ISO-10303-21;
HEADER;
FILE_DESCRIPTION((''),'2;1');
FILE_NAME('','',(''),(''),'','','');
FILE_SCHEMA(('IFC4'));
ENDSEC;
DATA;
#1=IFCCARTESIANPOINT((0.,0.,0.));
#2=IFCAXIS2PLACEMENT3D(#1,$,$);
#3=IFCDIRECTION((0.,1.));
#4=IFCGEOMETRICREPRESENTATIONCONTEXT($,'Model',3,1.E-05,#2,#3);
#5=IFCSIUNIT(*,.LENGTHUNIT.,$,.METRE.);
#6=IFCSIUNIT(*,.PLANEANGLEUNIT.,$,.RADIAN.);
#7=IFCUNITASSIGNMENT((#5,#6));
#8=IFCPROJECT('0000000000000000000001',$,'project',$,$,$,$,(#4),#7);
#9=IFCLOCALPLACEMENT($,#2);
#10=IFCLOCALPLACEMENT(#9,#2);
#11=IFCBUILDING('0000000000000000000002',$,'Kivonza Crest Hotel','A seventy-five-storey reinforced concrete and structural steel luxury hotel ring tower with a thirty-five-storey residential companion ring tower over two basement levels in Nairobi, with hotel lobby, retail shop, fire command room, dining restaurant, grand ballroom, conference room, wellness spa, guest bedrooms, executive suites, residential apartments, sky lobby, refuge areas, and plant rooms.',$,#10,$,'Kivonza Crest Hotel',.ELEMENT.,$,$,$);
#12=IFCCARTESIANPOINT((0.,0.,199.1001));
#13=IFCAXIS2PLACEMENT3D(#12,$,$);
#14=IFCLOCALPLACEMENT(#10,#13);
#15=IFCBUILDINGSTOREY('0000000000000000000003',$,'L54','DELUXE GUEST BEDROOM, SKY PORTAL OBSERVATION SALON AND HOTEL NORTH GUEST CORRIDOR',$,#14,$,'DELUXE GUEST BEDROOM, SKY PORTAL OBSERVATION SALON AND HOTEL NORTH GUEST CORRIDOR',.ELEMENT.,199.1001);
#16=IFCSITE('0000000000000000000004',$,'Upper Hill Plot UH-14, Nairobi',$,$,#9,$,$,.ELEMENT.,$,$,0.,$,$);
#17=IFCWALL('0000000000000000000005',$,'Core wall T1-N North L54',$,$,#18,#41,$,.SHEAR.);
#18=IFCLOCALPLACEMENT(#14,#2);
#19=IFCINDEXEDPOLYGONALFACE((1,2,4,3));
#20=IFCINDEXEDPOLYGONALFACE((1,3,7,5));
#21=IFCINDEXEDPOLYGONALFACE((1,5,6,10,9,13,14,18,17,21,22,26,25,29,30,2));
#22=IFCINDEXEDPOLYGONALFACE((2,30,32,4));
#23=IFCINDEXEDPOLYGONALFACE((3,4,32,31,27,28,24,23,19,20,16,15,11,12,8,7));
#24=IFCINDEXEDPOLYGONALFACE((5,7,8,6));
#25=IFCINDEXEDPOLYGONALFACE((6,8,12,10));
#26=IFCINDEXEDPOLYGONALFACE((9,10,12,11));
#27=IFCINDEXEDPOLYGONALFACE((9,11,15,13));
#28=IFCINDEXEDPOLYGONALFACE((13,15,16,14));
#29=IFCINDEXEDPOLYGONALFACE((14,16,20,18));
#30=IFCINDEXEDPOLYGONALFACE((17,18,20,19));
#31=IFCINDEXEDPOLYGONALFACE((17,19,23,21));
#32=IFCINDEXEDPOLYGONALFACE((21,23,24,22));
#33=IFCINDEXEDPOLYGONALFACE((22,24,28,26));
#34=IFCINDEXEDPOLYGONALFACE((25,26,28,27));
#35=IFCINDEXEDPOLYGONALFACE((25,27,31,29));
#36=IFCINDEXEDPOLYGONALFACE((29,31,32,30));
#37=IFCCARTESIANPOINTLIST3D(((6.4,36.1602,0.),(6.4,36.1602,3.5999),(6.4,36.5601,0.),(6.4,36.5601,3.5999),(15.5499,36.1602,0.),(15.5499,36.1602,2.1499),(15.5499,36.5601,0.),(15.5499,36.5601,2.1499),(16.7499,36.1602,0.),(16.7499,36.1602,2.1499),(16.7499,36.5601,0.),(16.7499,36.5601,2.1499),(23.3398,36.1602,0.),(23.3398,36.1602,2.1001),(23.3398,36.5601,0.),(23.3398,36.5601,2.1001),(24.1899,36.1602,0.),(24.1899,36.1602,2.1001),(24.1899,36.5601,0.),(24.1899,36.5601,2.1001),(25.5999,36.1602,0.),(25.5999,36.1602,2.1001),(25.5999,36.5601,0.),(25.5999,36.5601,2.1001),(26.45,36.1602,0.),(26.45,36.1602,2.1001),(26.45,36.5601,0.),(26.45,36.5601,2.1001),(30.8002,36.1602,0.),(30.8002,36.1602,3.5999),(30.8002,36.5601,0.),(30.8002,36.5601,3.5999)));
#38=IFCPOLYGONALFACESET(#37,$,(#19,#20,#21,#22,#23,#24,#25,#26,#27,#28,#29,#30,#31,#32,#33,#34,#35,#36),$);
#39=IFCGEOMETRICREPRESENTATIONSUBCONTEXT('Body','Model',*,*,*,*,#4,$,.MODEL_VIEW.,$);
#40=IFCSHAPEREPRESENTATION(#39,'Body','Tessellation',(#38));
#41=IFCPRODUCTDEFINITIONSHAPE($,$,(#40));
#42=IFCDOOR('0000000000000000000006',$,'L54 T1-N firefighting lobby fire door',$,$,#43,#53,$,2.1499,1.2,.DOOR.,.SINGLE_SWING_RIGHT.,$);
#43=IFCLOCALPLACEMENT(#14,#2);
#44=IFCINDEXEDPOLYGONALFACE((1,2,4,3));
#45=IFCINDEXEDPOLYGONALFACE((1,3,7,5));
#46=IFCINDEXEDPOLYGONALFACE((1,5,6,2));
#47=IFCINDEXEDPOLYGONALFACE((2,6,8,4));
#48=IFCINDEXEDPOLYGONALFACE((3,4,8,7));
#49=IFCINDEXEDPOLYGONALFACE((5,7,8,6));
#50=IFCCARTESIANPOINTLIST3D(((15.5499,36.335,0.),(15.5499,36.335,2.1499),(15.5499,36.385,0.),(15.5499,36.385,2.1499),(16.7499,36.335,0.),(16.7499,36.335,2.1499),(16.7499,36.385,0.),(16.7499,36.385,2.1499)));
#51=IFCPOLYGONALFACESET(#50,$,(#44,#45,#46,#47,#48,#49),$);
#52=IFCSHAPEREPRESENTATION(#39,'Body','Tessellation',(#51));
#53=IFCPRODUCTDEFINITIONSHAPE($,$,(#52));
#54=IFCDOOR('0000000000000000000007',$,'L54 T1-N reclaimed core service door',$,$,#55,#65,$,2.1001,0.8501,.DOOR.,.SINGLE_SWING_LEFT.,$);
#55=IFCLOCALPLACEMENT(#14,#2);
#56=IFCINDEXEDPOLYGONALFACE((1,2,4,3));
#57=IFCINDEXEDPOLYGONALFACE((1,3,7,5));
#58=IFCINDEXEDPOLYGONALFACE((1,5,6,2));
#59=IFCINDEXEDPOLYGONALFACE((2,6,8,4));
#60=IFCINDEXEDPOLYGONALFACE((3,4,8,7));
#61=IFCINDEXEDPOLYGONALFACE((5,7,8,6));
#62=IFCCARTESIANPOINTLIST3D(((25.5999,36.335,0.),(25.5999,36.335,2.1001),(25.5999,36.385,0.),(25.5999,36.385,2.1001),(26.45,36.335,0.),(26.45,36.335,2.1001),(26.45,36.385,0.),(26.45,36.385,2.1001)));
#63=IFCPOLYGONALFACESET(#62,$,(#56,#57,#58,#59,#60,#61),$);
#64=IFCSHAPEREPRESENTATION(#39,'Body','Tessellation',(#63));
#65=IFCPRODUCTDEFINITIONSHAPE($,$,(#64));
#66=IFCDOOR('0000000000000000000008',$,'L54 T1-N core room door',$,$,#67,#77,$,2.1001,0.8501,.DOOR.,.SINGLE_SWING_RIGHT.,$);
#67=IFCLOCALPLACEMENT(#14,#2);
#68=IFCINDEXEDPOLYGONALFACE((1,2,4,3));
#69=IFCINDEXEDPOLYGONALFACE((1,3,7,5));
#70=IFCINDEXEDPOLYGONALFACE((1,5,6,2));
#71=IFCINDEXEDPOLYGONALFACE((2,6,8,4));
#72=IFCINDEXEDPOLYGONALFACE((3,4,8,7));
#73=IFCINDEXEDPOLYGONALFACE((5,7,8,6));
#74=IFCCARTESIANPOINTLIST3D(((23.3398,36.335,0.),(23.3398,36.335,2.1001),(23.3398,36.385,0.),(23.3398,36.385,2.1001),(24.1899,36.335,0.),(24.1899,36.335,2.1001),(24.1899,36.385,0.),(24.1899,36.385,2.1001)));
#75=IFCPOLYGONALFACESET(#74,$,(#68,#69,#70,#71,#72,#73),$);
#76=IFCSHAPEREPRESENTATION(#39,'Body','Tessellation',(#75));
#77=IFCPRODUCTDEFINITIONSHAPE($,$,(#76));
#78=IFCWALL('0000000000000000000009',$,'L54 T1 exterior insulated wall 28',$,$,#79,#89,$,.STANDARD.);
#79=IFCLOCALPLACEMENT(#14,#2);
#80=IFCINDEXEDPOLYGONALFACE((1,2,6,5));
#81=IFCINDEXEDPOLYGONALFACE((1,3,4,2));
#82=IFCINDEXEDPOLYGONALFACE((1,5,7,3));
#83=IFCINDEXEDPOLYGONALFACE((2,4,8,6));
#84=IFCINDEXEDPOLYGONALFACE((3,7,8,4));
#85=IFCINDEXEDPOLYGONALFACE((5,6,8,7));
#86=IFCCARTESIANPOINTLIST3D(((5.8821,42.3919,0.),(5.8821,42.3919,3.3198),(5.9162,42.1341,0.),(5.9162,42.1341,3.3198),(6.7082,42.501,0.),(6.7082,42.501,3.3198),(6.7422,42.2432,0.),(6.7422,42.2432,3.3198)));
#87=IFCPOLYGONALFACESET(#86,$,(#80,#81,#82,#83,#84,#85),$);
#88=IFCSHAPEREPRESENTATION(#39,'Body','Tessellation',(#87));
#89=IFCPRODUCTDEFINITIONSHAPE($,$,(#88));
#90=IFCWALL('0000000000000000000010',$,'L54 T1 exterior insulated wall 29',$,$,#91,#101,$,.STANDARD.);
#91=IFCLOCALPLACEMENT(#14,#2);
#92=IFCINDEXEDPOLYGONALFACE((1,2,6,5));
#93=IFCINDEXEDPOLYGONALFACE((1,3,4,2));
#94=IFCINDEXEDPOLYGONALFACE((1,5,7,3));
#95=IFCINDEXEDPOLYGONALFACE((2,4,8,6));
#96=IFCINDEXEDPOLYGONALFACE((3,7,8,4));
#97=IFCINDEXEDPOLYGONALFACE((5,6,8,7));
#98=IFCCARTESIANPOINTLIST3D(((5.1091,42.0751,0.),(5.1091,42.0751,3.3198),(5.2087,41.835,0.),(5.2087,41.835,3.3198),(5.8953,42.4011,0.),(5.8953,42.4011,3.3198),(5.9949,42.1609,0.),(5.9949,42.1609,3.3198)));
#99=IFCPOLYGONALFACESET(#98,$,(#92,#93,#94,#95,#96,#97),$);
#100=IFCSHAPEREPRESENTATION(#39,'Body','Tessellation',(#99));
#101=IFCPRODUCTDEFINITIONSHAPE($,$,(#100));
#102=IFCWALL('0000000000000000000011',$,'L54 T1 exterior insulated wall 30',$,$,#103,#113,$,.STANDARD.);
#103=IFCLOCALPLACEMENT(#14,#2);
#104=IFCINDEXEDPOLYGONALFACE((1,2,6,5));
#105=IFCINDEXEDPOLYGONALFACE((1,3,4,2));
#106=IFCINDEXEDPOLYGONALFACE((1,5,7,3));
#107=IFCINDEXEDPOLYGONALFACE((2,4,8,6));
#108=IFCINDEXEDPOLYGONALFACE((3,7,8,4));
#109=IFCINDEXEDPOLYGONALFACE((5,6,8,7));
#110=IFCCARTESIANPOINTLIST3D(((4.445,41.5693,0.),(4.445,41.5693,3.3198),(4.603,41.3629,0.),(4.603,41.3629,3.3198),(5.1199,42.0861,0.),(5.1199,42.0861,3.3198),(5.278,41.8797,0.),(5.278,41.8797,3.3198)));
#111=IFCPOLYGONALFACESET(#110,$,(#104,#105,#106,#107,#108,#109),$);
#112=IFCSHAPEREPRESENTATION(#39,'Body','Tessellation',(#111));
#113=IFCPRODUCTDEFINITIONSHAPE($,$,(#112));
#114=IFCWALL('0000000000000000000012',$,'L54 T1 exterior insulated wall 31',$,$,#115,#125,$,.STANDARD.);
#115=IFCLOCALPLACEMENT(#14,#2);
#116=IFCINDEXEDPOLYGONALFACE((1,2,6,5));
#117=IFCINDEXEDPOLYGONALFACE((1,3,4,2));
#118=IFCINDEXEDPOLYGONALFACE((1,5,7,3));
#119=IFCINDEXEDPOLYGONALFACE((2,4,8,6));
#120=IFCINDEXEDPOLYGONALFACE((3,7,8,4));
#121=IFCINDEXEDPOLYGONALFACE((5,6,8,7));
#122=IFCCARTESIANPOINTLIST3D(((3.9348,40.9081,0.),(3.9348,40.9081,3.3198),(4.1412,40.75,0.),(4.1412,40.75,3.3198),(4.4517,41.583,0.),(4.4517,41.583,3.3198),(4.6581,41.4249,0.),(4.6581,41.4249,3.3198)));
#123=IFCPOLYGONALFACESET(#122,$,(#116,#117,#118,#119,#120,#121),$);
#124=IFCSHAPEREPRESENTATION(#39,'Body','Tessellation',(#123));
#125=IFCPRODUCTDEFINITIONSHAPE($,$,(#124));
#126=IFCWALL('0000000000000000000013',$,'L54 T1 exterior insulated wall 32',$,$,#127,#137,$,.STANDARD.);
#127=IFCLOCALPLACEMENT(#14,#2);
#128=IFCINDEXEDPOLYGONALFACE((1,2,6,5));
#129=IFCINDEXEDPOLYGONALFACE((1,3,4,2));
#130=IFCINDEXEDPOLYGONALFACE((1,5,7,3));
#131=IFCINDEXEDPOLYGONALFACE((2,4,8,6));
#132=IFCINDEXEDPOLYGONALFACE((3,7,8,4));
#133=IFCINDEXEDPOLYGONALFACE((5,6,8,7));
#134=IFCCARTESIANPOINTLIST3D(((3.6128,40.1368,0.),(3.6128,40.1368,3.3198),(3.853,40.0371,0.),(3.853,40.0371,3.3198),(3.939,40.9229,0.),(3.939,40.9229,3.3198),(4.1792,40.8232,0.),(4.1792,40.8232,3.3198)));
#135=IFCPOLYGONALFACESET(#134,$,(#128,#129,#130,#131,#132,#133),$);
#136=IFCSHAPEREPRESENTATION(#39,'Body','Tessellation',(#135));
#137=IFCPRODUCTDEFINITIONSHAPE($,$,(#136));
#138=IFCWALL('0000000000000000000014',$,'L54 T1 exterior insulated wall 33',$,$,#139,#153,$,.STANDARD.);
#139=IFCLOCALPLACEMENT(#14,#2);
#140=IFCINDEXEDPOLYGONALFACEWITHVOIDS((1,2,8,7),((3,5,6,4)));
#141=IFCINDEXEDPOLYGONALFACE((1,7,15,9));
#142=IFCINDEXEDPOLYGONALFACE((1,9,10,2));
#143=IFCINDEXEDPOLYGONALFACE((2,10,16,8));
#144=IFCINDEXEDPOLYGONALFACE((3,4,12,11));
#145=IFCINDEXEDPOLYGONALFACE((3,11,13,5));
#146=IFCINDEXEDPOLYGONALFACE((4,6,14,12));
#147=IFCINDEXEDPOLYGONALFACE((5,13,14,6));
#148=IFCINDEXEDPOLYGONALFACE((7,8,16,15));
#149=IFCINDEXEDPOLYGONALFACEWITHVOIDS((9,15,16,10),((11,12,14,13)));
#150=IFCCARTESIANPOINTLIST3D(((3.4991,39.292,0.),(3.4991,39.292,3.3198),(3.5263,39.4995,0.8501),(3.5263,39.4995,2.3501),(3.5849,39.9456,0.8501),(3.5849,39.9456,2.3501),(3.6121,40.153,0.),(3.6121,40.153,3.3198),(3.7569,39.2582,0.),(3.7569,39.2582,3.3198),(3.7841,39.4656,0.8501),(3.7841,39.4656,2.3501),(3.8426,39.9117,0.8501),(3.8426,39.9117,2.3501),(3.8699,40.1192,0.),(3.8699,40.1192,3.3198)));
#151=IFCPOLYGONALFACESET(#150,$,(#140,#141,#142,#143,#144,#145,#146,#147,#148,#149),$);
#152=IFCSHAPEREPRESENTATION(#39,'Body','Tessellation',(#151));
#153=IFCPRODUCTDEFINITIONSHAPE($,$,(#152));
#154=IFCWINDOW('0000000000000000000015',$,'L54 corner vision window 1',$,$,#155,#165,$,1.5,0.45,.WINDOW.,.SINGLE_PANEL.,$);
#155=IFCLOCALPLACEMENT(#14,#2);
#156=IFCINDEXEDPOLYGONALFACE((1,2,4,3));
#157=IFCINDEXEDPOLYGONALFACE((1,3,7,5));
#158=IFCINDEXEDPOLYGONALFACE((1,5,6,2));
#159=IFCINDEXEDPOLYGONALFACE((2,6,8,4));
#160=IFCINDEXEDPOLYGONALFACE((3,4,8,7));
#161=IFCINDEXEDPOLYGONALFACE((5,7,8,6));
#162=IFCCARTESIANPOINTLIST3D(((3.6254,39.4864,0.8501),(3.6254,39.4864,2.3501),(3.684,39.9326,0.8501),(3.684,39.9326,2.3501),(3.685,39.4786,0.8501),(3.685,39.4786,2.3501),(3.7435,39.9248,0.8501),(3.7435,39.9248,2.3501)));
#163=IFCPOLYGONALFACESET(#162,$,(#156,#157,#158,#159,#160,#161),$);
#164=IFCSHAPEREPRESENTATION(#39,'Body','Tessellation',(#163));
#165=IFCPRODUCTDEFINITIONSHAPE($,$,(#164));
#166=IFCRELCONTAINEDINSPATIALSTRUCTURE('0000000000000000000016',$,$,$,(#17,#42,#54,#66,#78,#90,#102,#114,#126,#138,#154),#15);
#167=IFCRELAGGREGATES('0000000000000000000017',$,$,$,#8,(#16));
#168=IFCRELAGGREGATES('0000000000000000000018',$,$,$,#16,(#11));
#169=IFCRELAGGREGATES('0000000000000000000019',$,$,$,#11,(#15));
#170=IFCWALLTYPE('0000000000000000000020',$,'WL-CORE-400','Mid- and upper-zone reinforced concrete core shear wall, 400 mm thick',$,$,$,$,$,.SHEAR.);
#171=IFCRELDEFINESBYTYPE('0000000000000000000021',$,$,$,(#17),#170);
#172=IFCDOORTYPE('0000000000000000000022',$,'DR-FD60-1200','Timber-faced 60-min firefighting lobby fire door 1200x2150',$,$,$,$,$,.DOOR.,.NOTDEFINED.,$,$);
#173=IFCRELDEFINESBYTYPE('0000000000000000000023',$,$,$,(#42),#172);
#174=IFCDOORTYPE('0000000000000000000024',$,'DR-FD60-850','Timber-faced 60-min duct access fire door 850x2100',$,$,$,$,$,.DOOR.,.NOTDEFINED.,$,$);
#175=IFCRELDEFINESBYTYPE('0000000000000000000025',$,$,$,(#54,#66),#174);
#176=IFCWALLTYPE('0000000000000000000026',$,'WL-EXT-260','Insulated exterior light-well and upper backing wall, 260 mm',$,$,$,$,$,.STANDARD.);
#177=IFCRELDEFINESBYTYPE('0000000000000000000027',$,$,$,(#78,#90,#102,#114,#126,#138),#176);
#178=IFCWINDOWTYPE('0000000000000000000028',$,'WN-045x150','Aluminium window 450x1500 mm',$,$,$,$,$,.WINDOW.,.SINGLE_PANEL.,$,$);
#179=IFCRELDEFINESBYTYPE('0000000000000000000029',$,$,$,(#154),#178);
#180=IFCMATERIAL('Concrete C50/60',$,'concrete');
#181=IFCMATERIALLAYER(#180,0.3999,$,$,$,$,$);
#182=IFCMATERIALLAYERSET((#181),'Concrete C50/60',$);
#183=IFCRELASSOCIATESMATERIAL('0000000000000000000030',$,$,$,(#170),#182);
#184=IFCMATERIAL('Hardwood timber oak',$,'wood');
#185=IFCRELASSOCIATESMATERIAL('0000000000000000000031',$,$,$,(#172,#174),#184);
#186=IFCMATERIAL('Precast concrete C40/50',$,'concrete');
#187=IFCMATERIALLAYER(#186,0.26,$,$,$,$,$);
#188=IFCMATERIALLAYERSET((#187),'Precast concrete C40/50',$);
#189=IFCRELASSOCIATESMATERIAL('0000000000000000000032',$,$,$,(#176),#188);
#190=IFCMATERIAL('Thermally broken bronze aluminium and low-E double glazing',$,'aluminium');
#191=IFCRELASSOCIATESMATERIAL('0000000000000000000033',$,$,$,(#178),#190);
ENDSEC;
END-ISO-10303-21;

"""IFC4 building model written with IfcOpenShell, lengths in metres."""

from ifc_helpers import new_model, si_unit, direction, frame, frame_2d, origin, place, context, subcontext, project, spatial, rectangle, extrude, material, layer, layer_set, type_object, element, fill, save


model = new_model("IFC4")

# Units and contexts
model_context = context("Model", 3, precision=1e-05, world=origin(), true_north=direction((0.0, 1.0)))
body_context = subcontext(model_context, "Body", "Model", "MODEL_VIEW")
ifc_project = project(units=[si_unit("LENGTHUNIT", "METRE"), si_unit("PLANEANGLEUNIT", "RADIAN")], contexts=[model_context])

# Site, building, storey
site_placement = place(None, origin())
site = spatial("IfcSite", under=ifc_project, at=site_placement, Name="Upper Hill Plot UH-14, Nairobi", CompositionType="ELEMENT", RefElevation=0.0)
building_placement = place(site_placement, origin())
building = spatial("IfcBuilding", under=site, at=building_placement, Name="Kivonza Crest Hotel", Description="A seventy-five-storey reinforced concrete and structural steel luxury hotel ring tower with a thirty-five-storey residential companion ring tower over two basement levels in Nairobi, with hotel lobby, retail shop, fire command room, dining restaurant, grand ballroom, conference room, wellness spa, guest bedrooms, executive suites, residential apartments, sky lobby, refuge areas, and plant rooms.", LongName="Kivonza Crest Hotel", CompositionType="ELEMENT")
storey_placement = place(building_placement, frame((0.0, 0.0, 199.1001)))
storey = spatial("IfcBuildingStorey", under=building, at=storey_placement, Name="L54", Description="DELUXE GUEST BEDROOM, SKY PORTAL OBSERVATION SALON AND HOTEL NORTH GUEST CORRIDOR", LongName="DELUXE GUEST BEDROOM, SKY PORTAL OBSERVATION SALON AND HOTEL NORTH GUEST CORRIDOR", CompositionType="ELEMENT", Elevation=199.1001)

# Shared definitions
ifc_material_1 = material(Name="Hardwood timber oak", Category="wood")

# Wall, openings, doors
ifc_material_2 = material(Name="Concrete C50/60", Category="concrete")
ifc_layer_1 = layer(ifc_material_2, 0.3999)
ifc_layer_set_1 = layer_set([ifc_layer_1], Name="Concrete C50/60")
wall_type_1 = type_object("IfcWallType", Name="WL-CORE-400", Description="Mid- and upper-zone reinforced concrete core shear wall, 400 mm thick", PredefinedType="SHEAR", material=ifc_layer_set_1)
wall_1_placement = place(storey_placement, frame((6.3999, 36.3601, 0.0), z_axis=(0.0, 0.0, 1.0), x_axis=(1.0, 0.0, 0.0)))
wall_1 = element("IfcWall", 1, at=wall_1_placement, inside=storey, type_object=wall_type_1, Name="Core wall T1-N North L54", PredefinedType="SHEAR", context=body_context, shape_type="SweptSolid", body=[
    extrude(rectangle(XDim=24.4001, YDim=0.3999, at=frame_2d((12.2002, 0.0))), origin(), (0.0, 0.0, 1.0), 3.5999),
])
opening_1_placement = place(wall_1_placement, frame((9.1499, 0.0, 0.0)))
opening_1 = element("IfcOpeningElement", 2, at=opening_1_placement, cuts=wall_1, PredefinedType="OPENING", context=body_context, shape_type="SweptSolid", body=[
    extrude(rectangle(XDim=1.2, YDim=2.1499, at=frame_2d((0.6001, 1.075))), frame((0.0, 0.21, 0.0), z_axis=(0.0, -1.0, 0.0), x_axis=(1.0, 0.0, 0.0)), (0.0, 0.0, 1.0), 0.4199),
])
opening_2_placement = place(wall_1_placement, frame((19.2, 0.0, 0.0)))
opening_2 = element("IfcOpeningElement", 3, at=opening_2_placement, cuts=wall_1, PredefinedType="OPENING", context=body_context, shape_type="SweptSolid", body=[
    extrude(rectangle(XDim=0.8501, YDim=2.1001, at=frame_2d((0.425, 1.05))), frame((0.0, 0.21, 0.0), z_axis=(0.0, -1.0, 0.0), x_axis=(1.0, 0.0, 0.0)), (0.0, 0.0, 1.0), 0.4199),
])
opening_3_placement = place(wall_1_placement, frame((16.9399, 0.0, 0.0)))
opening_3 = element("IfcOpeningElement", 4, at=opening_3_placement, cuts=wall_1, PredefinedType="OPENING", context=body_context, shape_type="SweptSolid", body=[
    extrude(rectangle(XDim=0.8501, YDim=2.1001, at=frame_2d((0.425, 1.05))), frame((0.0, 0.21, 0.0), z_axis=(0.0, -1.0, 0.0), x_axis=(1.0, 0.0, 0.0)), (0.0, 0.0, 1.0), 0.4199),
])
door_type_1 = type_object("IfcDoorType", Name="DR-FD60-1200", Description="Timber-faced 60-min firefighting lobby fire door 1200x2150", OperationType="NOTDEFINED", PredefinedType="DOOR", material=ifc_material_1)
door_1_placement = place(opening_1_placement, origin())
door_1 = element("IfcDoor", 5, at=door_1_placement, inside=storey, type_object=door_type_1, Name="L54 T1-N firefighting lobby fire door", OperationType="SINGLE_SWING_RIGHT", OverallHeight=2.1499, OverallWidth=1.2, PredefinedType="DOOR", context=body_context, shape_type="SweptSolid", body=[
    extrude(rectangle(XDim=1.2, YDim=2.1499, at=frame_2d((0.6001, 1.075))), frame((0.0, 0.0249, 0.0), z_axis=(0.0, -1.0, 0.0), x_axis=(1.0, 0.0, 0.0)), (0.0, 0.0, 1.0), 0.05),
])
fill(opening_1, door_1)
door_type_2 = type_object("IfcDoorType", Name="DR-FD60-850", Description="Timber-faced 60-min duct access fire door 850x2100", OperationType="NOTDEFINED", PredefinedType="DOOR", material=ifc_material_1)
door_2_placement = place(opening_2_placement, origin())
door_2 = element("IfcDoor", 6, at=door_2_placement, inside=storey, type_object=door_type_2, Name="L54 T1-N reclaimed core service door", OperationType="SINGLE_SWING_LEFT", OverallHeight=2.1001, OverallWidth=0.8501, PredefinedType="DOOR", context=body_context, shape_type="SweptSolid", body=[
    extrude(rectangle(XDim=0.8501, YDim=2.1001, at=frame_2d((0.425, 1.05))), frame((0.0, 0.0249, 0.0), z_axis=(0.0, -1.0, 0.0), x_axis=(1.0, 0.0, 0.0)), (0.0, 0.0, 1.0), 0.05),
])
fill(opening_2, door_2)
door_3_placement = place(opening_3_placement, origin())
door_3 = element("IfcDoor", 7, at=door_3_placement, inside=storey, type_object=door_type_2, Name="L54 T1-N core room door", OperationType="SINGLE_SWING_RIGHT", OverallHeight=2.1001, OverallWidth=0.8501, PredefinedType="DOOR", context=body_context, shape_type="SweptSolid", body=[
    extrude(rectangle(XDim=0.8501, YDim=2.1001, at=frame_2d((0.425, 1.05))), frame((0.0, 0.0249, 0.0), z_axis=(0.0, -1.0, 0.0), x_axis=(1.0, 0.0, 0.0)), (0.0, 0.0, 1.0), 0.05),
])
fill(opening_3, door_3)

# Walls
ifc_material_3 = material(Name="Precast concrete C40/50", Category="concrete")
ifc_layer_2 = layer(ifc_material_3, 0.26)
ifc_layer_set_2 = layer_set([ifc_layer_2], Name="Precast concrete C40/50")
wall_type_2 = type_object("IfcWallType", Name="WL-EXT-260", Description="Insulated exterior light-well and upper backing wall, 260 mm", PredefinedType="STANDARD", material=ifc_layer_set_2)
wall_2_placement = place(storey_placement, frame((6.7251, 42.3721, 0.0), z_axis=(0.0, 0.0, 1.0), x_axis=(-0.991388, -0.130955, 0.0)))
element("IfcWall", 8, at=wall_2_placement, inside=storey, type_object=wall_type_2, Name="L54 T1 exterior insulated wall 28", PredefinedType="STANDARD", context=body_context, shape_type="SweptSolid", body=[
    extrude(rectangle(XDim=0.8333, YDim=0.26, at=frame_2d((0.4165, 0.0))), origin(), (0.0, 0.0, 1.0), 3.3198),
])
wall_3_placement = place(storey_placement, frame((5.9451, 42.281, 0.0), z_axis=(0.0, 0.0, 1.0), x_axis=(-0.923754, -0.382985, 0.0)))
element("IfcWall", 9, at=wall_3_placement, inside=storey, type_object=wall_type_2, Name="L54 T1 exterior insulated wall 29", PredefinedType="STANDARD", context=body_context, shape_type="SweptSolid", body=[
    extrude(rectangle(XDim=0.8511, YDim=0.26, at=frame_2d((0.4255, 0.0))), origin(), (0.0, 0.0, 1.0), 3.3198),
])
for number, where, z_axis, x_axis, name in (
    (10, (5.199, 41.9829, 0.0), (0.0, 0.0, 1.0), (-0.793999, -0.607919, 0.0), "L54 T1 exterior insulated wall 30"),
    (11, (4.5549, 41.5039, 0.0), (0.0, 0.0, 1.0), (-0.608058, -0.793893, 0.0), "L54 T1 exterior insulated wall 31"),
):
    element("IfcWall", number, at=place(storey_placement, frame(where, z_axis=z_axis, x_axis=x_axis)), inside=storey, type_object=wall_type_2, Name=name, PredefinedType="STANDARD", context=body_context, shape_type="SweptSolid", body=[
        extrude(rectangle(XDim=0.8501, YDim=0.26, at=frame_2d((0.425, 0.0))), origin(), (0.0, 0.0, 1.0), 3.3198),
    ])
wall_4_placement = place(storey_placement, frame((4.0591, 40.873, 0.0), z_axis=(0.0, 0.0, 1.0), x_axis=(-0.38323, -0.923653, 0.0)))
element("IfcWall", 12, at=wall_4_placement, inside=storey, type_object=wall_type_2, Name="L54 T1 exterior insulated wall 32", PredefinedType="STANDARD", context=body_context, shape_type="SweptSolid", body=[
    extrude(rectangle(XDim=0.8511, YDim=0.26, at=frame_2d((0.4255, 0.0))), origin(), (0.0, 0.0, 1.0), 3.3198),
])

# Wall, opening, window
wall_5_placement = place(storey_placement, frame((3.741, 40.136, 0.0), z_axis=(0.0, 0.0, 1.0), x_axis=(-0.130156, -0.991493, 0.0)))
wall_5 = element("IfcWall", 13, at=wall_5_placement, inside=storey, type_object=wall_type_2, Name="L54 T1 exterior insulated wall 33", PredefinedType="STANDARD", context=body_context, shape_type="SweptSolid", body=[
    extrude(rectangle(XDim=0.8684, YDim=0.26, at=frame_2d((0.4341, 0.0))), origin(), (0.0, 0.0, 1.0), 3.3198),
])
opening_4_placement = place(wall_5_placement, frame((0.209, 0.0, 0.8501)))
opening_4 = element("IfcOpeningElement", 14, at=opening_4_placement, cuts=wall_5, PredefinedType="OPENING", context=body_context, shape_type="SweptSolid", body=[
    extrude(rectangle(XDim=0.45, YDim=1.5, at=frame_2d((0.2251, 0.75))), frame((0.0, 0.1401, 0.0), z_axis=(0.0, -1.0, 0.0), x_axis=(1.0, 0.0, 0.0)), (0.0, 0.0, 1.0), 0.28),
])
ifc_material_4 = material(Name="Thermally broken bronze aluminium and low-E double glazing", Category="aluminium")
window_type_1 = type_object("IfcWindowType", Name="WN-045x150", Description="Aluminium window 450x1500 mm", PartitioningType="SINGLE_PANEL", PredefinedType="WINDOW", material=ifc_material_4)
window_1_placement = place(opening_4_placement, origin())
window_1 = element("IfcWindow", 15, at=window_1_placement, inside=storey, type_object=window_type_1, Name="L54 corner vision window 1", OverallHeight=1.5, OverallWidth=0.45, PartitioningType="SINGLE_PANEL", PredefinedType="WINDOW", context=body_context, shape_type="SweptSolid", body=[
    extrude(rectangle(XDim=0.45, YDim=1.5, at=frame_2d((0.2251, 0.75))), frame((0.0, 0.03, 0.0), z_axis=(0.0, -1.0, 0.0), x_axis=(1.0, 0.0, 0.0)), (0.0, 0.0, 1.0), 0.0601),
])
fill(opening_4, window_1)

save(model, "model.ifc")
